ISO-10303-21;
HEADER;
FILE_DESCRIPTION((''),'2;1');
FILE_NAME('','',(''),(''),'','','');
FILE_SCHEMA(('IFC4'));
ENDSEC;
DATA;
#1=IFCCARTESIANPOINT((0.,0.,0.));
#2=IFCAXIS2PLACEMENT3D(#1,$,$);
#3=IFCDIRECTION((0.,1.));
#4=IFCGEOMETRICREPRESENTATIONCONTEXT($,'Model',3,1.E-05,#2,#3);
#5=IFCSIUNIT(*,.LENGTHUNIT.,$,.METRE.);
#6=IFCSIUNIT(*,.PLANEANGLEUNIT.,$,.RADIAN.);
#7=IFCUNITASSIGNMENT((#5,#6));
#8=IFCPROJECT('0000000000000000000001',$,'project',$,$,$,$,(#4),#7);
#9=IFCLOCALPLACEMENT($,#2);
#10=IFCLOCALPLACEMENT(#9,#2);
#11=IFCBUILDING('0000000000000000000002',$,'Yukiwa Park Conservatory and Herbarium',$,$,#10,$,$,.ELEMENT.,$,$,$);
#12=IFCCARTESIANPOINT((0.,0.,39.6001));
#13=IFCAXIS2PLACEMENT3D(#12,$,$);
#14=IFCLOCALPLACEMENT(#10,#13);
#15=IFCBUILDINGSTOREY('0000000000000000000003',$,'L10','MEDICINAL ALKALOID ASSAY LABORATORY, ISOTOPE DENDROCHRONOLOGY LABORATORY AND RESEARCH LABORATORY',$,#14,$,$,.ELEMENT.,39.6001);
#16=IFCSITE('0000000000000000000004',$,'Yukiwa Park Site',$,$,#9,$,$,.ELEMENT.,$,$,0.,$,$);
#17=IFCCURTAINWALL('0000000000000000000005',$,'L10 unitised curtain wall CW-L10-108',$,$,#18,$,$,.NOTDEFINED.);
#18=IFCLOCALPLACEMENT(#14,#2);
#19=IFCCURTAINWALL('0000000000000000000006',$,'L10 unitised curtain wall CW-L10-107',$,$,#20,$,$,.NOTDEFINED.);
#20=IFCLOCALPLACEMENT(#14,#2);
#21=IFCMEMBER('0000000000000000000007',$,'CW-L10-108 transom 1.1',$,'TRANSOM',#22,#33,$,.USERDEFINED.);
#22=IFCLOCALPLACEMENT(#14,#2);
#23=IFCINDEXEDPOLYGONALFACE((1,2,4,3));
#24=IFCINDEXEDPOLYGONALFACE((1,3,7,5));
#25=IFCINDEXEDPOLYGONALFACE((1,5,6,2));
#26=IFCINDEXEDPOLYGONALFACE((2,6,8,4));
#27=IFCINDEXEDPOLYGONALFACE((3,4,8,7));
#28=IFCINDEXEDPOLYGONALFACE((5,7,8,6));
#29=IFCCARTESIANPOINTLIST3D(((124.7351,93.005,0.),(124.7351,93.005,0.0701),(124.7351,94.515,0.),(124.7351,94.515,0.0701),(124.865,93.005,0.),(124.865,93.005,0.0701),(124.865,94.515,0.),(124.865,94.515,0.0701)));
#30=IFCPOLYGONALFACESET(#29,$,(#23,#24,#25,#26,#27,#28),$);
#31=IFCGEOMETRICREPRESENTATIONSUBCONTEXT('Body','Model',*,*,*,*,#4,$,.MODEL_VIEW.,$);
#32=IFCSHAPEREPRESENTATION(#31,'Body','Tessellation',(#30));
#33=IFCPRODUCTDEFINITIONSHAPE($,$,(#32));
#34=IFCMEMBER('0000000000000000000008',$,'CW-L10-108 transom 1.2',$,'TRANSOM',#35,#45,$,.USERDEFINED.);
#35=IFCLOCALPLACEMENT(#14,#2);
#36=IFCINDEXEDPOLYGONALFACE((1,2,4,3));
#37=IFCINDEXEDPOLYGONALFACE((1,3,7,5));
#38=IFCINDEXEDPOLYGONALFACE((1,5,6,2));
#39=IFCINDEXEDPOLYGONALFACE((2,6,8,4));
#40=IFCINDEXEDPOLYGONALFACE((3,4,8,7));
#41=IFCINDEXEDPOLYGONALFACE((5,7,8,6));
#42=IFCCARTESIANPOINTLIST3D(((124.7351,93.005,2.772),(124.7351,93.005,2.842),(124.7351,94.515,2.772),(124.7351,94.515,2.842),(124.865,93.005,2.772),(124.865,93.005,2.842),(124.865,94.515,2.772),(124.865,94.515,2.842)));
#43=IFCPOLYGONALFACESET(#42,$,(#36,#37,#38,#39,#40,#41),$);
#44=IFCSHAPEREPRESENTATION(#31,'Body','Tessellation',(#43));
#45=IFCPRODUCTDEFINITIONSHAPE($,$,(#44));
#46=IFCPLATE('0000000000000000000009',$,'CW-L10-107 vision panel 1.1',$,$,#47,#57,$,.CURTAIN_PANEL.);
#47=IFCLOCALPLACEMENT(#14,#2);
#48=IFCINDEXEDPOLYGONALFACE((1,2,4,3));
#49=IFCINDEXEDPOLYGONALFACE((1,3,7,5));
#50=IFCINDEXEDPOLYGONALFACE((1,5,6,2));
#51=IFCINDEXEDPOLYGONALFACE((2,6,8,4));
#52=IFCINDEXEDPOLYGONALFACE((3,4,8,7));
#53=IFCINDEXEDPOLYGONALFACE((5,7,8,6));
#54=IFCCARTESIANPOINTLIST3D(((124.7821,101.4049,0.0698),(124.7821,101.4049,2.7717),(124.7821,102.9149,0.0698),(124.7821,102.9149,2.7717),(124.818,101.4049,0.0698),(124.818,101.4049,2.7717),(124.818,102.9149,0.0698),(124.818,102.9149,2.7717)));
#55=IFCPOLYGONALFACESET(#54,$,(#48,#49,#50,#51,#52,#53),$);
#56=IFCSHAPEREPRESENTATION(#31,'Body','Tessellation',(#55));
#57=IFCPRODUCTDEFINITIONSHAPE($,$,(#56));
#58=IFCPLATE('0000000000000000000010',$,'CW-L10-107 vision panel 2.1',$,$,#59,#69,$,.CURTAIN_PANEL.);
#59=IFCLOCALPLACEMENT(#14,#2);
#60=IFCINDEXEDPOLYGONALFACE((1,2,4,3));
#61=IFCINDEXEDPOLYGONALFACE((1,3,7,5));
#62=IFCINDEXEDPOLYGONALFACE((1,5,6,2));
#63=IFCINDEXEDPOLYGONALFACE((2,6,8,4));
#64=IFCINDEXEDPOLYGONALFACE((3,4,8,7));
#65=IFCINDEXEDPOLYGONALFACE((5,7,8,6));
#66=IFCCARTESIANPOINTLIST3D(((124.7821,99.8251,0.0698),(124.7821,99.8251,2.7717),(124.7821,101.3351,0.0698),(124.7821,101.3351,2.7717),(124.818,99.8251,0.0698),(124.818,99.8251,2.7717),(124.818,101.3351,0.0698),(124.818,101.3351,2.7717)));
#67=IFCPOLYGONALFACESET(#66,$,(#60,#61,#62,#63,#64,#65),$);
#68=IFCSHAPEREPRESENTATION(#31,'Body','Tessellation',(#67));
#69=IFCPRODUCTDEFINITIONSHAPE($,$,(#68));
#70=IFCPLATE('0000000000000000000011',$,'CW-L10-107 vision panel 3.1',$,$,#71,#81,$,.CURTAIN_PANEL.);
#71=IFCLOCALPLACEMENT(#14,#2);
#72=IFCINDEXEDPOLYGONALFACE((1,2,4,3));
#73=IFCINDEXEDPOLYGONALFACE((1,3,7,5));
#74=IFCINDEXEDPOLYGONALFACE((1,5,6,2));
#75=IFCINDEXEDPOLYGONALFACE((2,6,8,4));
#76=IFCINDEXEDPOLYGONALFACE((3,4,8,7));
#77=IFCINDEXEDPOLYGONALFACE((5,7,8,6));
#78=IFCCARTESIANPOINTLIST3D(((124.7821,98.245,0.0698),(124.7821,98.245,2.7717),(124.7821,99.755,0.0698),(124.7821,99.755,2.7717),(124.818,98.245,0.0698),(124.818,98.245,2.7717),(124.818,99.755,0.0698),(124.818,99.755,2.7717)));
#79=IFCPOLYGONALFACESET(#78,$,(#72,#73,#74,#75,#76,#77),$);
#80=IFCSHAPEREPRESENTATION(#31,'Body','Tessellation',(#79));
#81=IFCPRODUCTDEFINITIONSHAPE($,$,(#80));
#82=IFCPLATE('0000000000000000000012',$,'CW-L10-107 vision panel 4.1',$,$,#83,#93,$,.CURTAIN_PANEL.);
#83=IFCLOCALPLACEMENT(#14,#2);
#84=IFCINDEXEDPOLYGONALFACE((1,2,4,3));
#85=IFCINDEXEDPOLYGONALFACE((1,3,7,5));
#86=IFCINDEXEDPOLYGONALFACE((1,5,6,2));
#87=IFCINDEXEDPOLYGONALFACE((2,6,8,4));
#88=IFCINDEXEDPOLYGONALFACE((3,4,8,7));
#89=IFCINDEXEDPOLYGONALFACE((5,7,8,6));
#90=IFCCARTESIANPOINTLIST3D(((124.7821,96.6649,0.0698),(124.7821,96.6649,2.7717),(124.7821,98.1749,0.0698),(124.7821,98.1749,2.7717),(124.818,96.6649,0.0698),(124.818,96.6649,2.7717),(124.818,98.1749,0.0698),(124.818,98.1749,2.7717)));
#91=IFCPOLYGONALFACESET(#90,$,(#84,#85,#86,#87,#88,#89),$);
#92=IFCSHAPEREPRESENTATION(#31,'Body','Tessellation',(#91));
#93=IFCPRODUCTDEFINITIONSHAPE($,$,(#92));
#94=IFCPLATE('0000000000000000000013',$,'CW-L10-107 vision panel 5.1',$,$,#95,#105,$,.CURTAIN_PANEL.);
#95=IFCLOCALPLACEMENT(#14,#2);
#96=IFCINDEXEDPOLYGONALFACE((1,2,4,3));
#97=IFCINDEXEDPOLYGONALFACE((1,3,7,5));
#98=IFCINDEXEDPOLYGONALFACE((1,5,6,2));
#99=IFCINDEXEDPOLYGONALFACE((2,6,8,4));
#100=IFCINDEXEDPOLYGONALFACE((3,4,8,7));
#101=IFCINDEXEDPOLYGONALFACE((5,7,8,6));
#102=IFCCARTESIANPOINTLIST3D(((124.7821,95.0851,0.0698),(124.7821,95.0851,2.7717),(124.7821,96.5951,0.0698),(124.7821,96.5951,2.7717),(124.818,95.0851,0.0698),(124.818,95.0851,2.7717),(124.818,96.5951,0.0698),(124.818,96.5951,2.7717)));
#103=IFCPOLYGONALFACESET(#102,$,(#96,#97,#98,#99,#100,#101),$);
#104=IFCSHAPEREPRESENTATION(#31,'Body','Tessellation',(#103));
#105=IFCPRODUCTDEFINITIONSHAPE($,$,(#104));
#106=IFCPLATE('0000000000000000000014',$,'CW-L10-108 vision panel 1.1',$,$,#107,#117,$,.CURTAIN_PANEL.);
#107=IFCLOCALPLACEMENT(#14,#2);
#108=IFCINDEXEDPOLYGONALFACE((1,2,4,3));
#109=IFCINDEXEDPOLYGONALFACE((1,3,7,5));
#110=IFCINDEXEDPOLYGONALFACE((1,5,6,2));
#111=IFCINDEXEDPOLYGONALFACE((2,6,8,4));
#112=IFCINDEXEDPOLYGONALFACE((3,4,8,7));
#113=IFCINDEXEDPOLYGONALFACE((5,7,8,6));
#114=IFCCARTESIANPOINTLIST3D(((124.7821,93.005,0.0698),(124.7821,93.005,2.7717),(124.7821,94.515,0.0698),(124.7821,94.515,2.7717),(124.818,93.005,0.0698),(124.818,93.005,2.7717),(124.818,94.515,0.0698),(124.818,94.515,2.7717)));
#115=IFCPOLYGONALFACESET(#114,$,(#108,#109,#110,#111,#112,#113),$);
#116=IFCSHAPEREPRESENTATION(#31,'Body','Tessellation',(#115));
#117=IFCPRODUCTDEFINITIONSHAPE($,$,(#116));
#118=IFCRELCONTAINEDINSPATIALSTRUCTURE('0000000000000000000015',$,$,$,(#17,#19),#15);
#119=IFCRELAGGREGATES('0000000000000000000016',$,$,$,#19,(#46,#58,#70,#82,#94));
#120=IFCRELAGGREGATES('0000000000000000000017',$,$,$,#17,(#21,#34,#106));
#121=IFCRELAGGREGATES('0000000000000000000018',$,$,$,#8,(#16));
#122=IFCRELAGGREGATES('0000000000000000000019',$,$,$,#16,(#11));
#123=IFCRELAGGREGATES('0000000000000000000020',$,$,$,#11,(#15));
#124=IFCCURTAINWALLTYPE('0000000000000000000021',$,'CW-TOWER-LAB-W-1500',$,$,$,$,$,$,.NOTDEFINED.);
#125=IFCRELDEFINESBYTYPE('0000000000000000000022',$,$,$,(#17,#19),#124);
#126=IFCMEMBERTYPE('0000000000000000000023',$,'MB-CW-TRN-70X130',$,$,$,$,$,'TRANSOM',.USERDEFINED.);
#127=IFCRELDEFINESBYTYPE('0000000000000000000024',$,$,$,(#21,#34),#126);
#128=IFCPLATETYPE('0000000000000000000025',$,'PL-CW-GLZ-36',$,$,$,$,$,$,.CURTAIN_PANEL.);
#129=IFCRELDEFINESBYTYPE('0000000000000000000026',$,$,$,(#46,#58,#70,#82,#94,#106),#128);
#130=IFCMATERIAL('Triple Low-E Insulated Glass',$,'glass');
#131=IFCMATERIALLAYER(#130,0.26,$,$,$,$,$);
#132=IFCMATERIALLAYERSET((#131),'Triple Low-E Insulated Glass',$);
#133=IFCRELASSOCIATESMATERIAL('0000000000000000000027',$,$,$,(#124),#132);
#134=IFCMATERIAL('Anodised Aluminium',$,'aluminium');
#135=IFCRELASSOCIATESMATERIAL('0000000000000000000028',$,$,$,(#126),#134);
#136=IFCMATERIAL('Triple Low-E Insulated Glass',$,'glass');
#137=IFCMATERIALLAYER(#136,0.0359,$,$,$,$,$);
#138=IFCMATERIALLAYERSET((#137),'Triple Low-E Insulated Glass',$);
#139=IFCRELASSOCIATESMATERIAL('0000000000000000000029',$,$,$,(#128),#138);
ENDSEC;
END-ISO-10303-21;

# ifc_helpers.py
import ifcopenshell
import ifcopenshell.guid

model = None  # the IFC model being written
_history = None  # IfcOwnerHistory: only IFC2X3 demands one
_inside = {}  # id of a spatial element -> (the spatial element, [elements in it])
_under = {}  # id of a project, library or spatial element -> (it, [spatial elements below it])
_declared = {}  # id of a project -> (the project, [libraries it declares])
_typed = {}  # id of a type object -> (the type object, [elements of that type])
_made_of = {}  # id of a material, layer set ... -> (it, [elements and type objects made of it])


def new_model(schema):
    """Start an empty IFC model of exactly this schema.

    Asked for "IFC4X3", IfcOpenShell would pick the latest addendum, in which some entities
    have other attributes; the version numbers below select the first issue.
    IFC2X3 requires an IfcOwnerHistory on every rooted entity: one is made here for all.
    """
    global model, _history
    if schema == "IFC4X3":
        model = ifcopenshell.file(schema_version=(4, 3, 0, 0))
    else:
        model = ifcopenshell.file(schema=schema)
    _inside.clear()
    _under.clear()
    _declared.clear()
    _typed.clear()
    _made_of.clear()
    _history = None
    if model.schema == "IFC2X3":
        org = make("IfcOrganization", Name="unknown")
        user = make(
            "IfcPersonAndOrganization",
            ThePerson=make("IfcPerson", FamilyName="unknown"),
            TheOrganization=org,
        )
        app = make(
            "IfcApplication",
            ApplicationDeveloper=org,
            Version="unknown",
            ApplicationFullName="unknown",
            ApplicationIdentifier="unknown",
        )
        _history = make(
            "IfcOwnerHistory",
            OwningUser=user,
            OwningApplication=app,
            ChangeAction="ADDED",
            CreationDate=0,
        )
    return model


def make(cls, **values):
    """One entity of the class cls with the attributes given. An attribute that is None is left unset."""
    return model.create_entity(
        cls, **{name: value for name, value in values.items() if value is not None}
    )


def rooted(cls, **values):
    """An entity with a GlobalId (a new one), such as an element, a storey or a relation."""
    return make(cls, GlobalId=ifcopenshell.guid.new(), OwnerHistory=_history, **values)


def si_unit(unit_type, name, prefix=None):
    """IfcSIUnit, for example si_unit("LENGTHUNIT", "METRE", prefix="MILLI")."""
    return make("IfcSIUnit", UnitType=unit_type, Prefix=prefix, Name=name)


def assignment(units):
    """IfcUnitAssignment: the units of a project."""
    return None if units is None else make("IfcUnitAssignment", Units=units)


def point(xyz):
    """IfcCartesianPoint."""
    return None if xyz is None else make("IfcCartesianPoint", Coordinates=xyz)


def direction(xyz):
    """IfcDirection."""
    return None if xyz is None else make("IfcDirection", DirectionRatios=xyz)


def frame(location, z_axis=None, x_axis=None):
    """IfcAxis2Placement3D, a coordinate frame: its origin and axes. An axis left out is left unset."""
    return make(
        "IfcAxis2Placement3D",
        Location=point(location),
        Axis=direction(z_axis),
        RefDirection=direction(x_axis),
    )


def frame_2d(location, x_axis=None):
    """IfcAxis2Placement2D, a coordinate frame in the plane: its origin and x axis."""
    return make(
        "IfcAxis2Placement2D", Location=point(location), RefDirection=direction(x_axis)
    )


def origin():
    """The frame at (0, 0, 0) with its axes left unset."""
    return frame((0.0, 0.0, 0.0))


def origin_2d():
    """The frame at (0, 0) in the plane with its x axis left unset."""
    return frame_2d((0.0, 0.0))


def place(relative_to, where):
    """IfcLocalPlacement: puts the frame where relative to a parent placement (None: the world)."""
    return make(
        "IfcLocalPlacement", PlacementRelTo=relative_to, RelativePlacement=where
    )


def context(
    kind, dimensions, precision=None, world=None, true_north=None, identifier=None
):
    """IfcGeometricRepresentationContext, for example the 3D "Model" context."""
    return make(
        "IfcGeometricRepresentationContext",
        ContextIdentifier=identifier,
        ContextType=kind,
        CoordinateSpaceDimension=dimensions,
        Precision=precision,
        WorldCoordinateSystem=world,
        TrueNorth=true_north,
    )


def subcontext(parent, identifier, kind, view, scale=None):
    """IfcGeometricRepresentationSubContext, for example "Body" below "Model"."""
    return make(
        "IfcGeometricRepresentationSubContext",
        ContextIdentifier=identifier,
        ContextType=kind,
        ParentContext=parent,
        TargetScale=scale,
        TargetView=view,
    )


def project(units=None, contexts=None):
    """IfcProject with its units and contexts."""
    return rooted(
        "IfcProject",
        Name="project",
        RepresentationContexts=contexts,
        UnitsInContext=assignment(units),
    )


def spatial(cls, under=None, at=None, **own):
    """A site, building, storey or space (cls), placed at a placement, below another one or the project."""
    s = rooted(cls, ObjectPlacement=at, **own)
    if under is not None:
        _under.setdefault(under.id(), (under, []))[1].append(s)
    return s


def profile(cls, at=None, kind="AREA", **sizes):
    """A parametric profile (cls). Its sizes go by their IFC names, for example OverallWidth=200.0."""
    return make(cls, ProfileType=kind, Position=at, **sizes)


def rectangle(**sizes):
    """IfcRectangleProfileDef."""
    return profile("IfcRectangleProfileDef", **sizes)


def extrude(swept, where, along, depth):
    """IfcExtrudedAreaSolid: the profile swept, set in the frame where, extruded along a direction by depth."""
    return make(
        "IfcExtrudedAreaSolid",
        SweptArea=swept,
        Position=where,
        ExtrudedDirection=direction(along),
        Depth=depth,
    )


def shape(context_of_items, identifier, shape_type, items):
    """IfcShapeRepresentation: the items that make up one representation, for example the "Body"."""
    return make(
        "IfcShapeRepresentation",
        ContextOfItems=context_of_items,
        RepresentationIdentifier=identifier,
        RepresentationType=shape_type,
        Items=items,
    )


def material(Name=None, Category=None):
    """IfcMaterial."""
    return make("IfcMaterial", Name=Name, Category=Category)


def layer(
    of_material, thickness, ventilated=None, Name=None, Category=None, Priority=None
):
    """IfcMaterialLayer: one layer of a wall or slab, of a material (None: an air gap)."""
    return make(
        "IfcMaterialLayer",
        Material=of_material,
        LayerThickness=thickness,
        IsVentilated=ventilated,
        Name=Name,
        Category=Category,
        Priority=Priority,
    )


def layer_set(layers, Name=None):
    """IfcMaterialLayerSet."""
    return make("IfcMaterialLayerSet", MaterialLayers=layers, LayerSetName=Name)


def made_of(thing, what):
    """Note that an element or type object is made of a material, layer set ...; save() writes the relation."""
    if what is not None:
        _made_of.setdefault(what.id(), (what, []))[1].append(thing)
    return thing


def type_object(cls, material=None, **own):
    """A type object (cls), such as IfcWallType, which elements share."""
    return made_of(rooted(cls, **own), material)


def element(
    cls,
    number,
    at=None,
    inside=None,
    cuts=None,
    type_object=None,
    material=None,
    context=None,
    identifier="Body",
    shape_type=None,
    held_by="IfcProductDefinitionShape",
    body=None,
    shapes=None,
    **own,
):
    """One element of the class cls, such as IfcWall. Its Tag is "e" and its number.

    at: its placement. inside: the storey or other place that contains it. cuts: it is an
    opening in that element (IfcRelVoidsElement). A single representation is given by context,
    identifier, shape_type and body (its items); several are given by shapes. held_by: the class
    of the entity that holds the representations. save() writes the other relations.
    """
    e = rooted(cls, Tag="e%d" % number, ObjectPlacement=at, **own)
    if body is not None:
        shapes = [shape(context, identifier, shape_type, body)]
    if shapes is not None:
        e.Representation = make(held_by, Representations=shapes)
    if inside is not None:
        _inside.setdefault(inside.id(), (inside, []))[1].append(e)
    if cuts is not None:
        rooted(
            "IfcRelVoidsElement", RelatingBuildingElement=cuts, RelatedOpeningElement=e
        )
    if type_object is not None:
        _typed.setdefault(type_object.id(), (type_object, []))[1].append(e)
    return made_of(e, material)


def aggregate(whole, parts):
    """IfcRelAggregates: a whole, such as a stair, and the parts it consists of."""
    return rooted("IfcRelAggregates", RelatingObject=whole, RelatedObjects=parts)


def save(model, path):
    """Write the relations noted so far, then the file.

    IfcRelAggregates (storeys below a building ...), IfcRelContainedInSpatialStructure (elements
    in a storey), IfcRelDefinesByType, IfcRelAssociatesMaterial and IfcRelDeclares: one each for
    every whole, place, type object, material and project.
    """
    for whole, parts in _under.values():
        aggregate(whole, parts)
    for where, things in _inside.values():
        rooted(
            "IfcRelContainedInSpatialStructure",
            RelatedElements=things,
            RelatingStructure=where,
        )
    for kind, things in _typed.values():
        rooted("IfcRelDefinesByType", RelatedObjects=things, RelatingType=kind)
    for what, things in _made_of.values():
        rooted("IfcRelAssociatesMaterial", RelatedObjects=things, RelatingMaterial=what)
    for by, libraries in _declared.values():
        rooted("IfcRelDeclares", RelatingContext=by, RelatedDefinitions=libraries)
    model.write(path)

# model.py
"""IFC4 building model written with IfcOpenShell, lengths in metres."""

from ifc_helpers import new_model, si_unit, direction, frame, origin, origin_2d, place, context, subcontext, project, spatial, rectangle, extrude, material, layer, layer_set, type_object, element, aggregate, save


model = new_model("IFC4")

# Units and contexts
model_context = context("Model", 3, precision=1e-05, world=origin(), true_north=direction((0.0, 1.0)))
body_context = subcontext(model_context, "Body", "Model", "MODEL_VIEW")
ifc_project = project(units=[si_unit("LENGTHUNIT", "METRE"), si_unit("PLANEANGLEUNIT", "RADIAN")], contexts=[model_context])

# Site, building, storey
site_placement = place(None, origin())
site = spatial("IfcSite", under=ifc_project, at=site_placement, Name="Yukiwa Park Site", CompositionType="ELEMENT", RefElevation=0.0)
building_placement = place(site_placement, origin())
building = spatial("IfcBuilding", under=site, at=building_placement, Name="Yukiwa Park Conservatory and Herbarium", CompositionType="ELEMENT")
storey_placement = place(building_placement, frame((0.0, 0.0, 39.6001)))
storey = spatial("IfcBuildingStorey", under=building, at=storey_placement, Name="L10", Description="MEDICINAL ALKALOID ASSAY LABORATORY, ISOTOPE DENDROCHRONOLOGY LABORATORY AND RESEARCH LABORATORY", CompositionType="ELEMENT", Elevation=39.6001)

# Curtain walls
ifc_material_1 = material(Name="Triple Low-E Insulated Glass", Category="glass")
ifc_layer_1 = layer(ifc_material_1, 0.26)
ifc_layer_set_1 = layer_set([ifc_layer_1], Name="Triple Low-E Insulated Glass")
curtain_wall_type = type_object("IfcCurtainWallType", Name="CW-TOWER-LAB-W-1500", PredefinedType="NOTDEFINED", material=ifc_layer_set_1)
curtain_wall_1_placement = place(storey_placement, origin())
curtain_wall_1 = element("IfcCurtainWall", 1, at=curtain_wall_1_placement, inside=storey, type_object=curtain_wall_type, Name="L10 unitised curtain wall CW-L10-108", PredefinedType="NOTDEFINED")
curtain_wall_2_placement = place(storey_placement, origin())
curtain_wall_2 = element("IfcCurtainWall", 2, at=curtain_wall_2_placement, inside=storey, type_object=curtain_wall_type, Name="L10 unitised curtain wall CW-L10-107", PredefinedType="NOTDEFINED")
ifc_material_2 = material(Name="Anodised Aluminium", Category="aluminium")
member_type_1 = type_object("IfcMemberType", Name="MB-CW-TRN-70X130", ElementType="TRANSOM", PredefinedType="USERDEFINED", material=ifc_material_2)

# Members
member_1_placement = place(storey_placement, frame((124.8, 93.76, 0.0), z_axis=(0.0, 0.0, 1.0), x_axis=(0.0, -1.0, 0.0)))
member_1 = element("IfcMember", 3, at=member_1_placement, type_object=member_type_1, Name="CW-L10-108 transom 1.1", ObjectType="TRANSOM", PredefinedType="USERDEFINED", context=body_context, shape_type="SweptSolid", body=[
    extrude(rectangle(XDim=1.51, YDim=0.1299, at=origin_2d()), origin(), (0.0, 0.0, 1.0), 0.0701),
])
member_2_placement = place(storey_placement, frame((124.8, 93.76, 2.772), z_axis=(0.0, 0.0, 1.0), x_axis=(0.0, -1.0, 0.0)))
member_2 = element("IfcMember", 4, at=member_2_placement, type_object=member_type_1, Name="CW-L10-108 transom 1.2", ObjectType="TRANSOM", PredefinedType="USERDEFINED", context=body_context, shape_type="SweptSolid", body=[
    extrude(rectangle(XDim=1.51, YDim=0.1299, at=origin_2d()), origin(), (0.0, 0.0, 1.0), 0.0701),
])

# Plates
ifc_material_3 = material(Name="Triple Low-E Insulated Glass", Category="glass")
ifc_layer_2 = layer(ifc_material_3, 0.0359)
ifc_layer_set_2 = layer_set([ifc_layer_2], Name="Triple Low-E Insulated Glass")
plate_type = type_object("IfcPlateType", Name="PL-CW-GLZ-36", PredefinedType="CURTAIN_PANEL", material=ifc_layer_set_2)
plate_1_placement = place(storey_placement, frame((124.8, 102.1599, 0.0698), z_axis=(0.0, 0.0, 1.0), x_axis=(0.0, -1.0, 0.0)))
plate_1 = element("IfcPlate", 5, at=plate_1_placement, type_object=plate_type, Name="CW-L10-107 vision panel 1.1", PredefinedType="CURTAIN_PANEL", context=body_context, shape_type="SweptSolid", body=[
    extrude(rectangle(XDim=1.51, YDim=0.0359, at=origin_2d()), origin(), (0.0, 0.0, 1.0), 2.7019),
])
plate_2_placement = place(storey_placement, frame((124.8, 100.5801, 0.0698), z_axis=(0.0, 0.0, 1.0), x_axis=(0.0, -1.0, 0.0)))
plate_2 = element("IfcPlate", 6, at=plate_2_placement, type_object=plate_type, Name="CW-L10-107 vision panel 2.1", PredefinedType="CURTAIN_PANEL", context=body_context, shape_type="SweptSolid", body=[
    extrude(rectangle(XDim=1.51, YDim=0.0359, at=origin_2d()), origin(), (0.0, 0.0, 1.0), 2.7019),
])
plate_3_placement = place(storey_placement, frame((124.8, 99.0, 0.0698), z_axis=(0.0, 0.0, 1.0), x_axis=(0.0, -1.0, 0.0)))
plate_3 = element("IfcPlate", 7, at=plate_3_placement, type_object=plate_type, Name="CW-L10-107 vision panel 3.1", PredefinedType="CURTAIN_PANEL", context=body_context, shape_type="SweptSolid", body=[
    extrude(rectangle(XDim=1.51, YDim=0.0359, at=origin_2d()), origin(), (0.0, 0.0, 1.0), 2.7019),
])
plate_4_placement = place(storey_placement, frame((124.8, 97.4199, 0.0698), z_axis=(0.0, 0.0, 1.0), x_axis=(0.0, -1.0, 0.0)))
plate_4 = element("IfcPlate", 8, at=plate_4_placement, type_object=plate_type, Name="CW-L10-107 vision panel 4.1", PredefinedType="CURTAIN_PANEL", context=body_context, shape_type="SweptSolid", body=[
    extrude(rectangle(XDim=1.51, YDim=0.0359, at=origin_2d()), origin(), (0.0, 0.0, 1.0), 2.7019),
])
plate_5_placement = place(storey_placement, frame((124.8, 95.8401, 0.0698), z_axis=(0.0, 0.0, 1.0), x_axis=(0.0, -1.0, 0.0)))
plate_5 = element("IfcPlate", 9, at=plate_5_placement, type_object=plate_type, Name="CW-L10-107 vision panel 5.1", PredefinedType="CURTAIN_PANEL", context=body_context, shape_type="SweptSolid", body=[
    extrude(rectangle(XDim=1.51, YDim=0.0359, at=origin_2d()), origin(), (0.0, 0.0, 1.0), 2.7019),
])
aggregate(curtain_wall_2, [plate_1, plate_2, plate_3, plate_4, plate_5])
plate_6_placement = place(storey_placement, frame((124.8, 93.76, 0.0698), z_axis=(0.0, 0.0, 1.0), x_axis=(0.0, -1.0, 0.0)))
plate_6 = element("IfcPlate", 10, at=plate_6_placement, type_object=plate_type, Name="CW-L10-108 vision panel 1.1", PredefinedType="CURTAIN_PANEL", context=body_context, shape_type="SweptSolid", body=[
    extrude(rectangle(XDim=1.51, YDim=0.0359, at=origin_2d()), origin(), (0.0, 0.0, 1.0), 2.7019),
])
aggregate(curtain_wall_1, [member_1, member_2, plate_6])

save(model, "model.ifc")
